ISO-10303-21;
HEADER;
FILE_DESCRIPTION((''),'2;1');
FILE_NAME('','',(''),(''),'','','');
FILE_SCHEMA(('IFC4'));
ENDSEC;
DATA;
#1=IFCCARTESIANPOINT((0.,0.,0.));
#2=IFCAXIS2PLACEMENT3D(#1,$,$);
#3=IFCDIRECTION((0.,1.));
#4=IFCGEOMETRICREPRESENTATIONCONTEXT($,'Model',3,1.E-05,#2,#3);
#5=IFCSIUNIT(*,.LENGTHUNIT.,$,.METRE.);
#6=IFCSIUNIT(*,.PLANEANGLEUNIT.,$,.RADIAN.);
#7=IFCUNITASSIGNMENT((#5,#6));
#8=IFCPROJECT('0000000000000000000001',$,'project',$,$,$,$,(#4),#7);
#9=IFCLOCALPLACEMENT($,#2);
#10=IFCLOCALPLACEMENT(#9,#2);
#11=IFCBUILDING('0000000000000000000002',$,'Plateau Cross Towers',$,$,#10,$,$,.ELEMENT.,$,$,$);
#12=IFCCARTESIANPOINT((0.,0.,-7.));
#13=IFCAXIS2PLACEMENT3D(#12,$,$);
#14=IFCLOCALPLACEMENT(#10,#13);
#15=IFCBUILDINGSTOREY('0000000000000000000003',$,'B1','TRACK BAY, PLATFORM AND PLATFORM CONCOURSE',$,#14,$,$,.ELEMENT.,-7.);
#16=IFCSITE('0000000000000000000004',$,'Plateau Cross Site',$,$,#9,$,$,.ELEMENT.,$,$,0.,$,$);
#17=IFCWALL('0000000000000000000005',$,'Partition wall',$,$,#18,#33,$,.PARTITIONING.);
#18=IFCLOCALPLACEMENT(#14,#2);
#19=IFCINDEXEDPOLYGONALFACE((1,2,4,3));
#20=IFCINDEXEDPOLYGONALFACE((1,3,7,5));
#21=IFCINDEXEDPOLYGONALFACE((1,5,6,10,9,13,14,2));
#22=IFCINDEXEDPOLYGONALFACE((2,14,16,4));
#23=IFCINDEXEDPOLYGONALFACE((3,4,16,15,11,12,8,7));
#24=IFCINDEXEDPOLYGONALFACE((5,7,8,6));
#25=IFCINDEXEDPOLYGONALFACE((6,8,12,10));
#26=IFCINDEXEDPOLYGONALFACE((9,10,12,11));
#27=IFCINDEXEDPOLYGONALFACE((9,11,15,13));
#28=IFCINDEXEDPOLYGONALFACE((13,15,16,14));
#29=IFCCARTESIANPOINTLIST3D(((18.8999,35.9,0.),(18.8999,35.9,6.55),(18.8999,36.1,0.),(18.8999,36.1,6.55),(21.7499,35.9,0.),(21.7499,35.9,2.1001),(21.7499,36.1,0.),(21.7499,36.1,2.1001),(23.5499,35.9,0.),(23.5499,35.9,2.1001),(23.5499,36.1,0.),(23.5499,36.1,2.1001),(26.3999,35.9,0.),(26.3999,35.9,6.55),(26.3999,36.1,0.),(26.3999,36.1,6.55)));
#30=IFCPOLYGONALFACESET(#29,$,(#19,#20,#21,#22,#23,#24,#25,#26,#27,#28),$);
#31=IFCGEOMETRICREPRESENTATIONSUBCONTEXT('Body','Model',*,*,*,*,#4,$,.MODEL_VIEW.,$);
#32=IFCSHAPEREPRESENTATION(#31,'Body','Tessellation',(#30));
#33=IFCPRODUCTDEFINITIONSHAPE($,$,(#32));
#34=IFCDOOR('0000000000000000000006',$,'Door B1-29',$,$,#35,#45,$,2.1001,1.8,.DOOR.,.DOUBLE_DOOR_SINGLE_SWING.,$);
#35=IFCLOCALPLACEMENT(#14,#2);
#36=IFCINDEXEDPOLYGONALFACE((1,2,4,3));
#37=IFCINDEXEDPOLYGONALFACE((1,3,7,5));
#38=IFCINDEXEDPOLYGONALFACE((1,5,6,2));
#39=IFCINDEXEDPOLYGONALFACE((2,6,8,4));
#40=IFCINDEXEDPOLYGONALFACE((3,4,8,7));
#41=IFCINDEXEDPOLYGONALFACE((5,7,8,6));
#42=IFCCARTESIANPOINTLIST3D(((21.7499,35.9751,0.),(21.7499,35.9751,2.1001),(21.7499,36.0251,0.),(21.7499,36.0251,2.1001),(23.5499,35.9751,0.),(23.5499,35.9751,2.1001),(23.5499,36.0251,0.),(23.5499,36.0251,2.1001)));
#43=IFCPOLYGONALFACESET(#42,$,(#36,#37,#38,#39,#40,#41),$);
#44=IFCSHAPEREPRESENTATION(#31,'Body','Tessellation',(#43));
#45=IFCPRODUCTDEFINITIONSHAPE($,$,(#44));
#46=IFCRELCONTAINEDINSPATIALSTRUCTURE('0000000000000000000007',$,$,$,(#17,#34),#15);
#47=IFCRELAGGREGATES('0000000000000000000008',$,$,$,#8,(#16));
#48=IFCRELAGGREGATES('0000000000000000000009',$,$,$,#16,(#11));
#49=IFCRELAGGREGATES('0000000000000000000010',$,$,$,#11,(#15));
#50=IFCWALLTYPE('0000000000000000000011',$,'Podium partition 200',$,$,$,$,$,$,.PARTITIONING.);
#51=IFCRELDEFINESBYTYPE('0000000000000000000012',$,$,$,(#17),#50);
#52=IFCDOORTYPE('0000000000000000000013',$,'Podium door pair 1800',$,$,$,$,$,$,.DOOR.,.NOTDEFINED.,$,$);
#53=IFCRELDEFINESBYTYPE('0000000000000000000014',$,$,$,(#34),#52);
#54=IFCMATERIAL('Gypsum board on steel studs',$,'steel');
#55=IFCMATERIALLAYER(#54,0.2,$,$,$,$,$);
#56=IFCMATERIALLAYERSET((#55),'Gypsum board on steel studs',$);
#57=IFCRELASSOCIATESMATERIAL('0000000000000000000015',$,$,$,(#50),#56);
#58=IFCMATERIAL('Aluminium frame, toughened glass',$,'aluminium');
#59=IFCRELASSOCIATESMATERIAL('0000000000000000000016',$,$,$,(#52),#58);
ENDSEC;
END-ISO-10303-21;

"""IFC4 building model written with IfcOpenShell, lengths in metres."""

from ifc_helpers import new_model, si_unit, direction, frame, frame_2d, origin, place, context, subcontext, project, spatial, rectangle, extrude, material, layer, layer_set, type_object, element, fill, save


model = new_model("IFC4")

# Units and contexts
model_context = context("Model", 3, precision=1e-05, world=origin(), true_north=direction((0.0, 1.0)))
body_context = subcontext(model_context, "Body", "Model", "MODEL_VIEW")
ifc_project = project(units=[si_unit("LENGTHUNIT", "METRE"), si_unit("PLANEANGLEUNIT", "RADIAN")], contexts=[model_context])

# Site, building, storey
site_placement = place(None, origin())
site = spatial("IfcSite", under=ifc_project, at=site_placement, Name="Plateau Cross Site", CompositionType="ELEMENT", RefElevation=0.0)
building_placement = place(site_placement, origin())
building = spatial("IfcBuilding", under=site, at=building_placement, Name="Plateau Cross Towers", CompositionType="ELEMENT")
storey_placement = place(building_placement, frame((0.0, 0.0, -7.0)))
storey = spatial("IfcBuildingStorey", under=building, at=storey_placement, Name="B1", Description="TRACK BAY, PLATFORM AND PLATFORM CONCOURSE", CompositionType="ELEMENT", Elevation=-7.0)

# Wall, opening, door
ifc_material_1 = material(Name="Gypsum board on steel studs", Category="steel")
ifc_layer = layer(ifc_material_1, 0.2)
ifc_layer_set = layer_set([ifc_layer], Name="Gypsum board on steel studs")
wall_type = type_object("IfcWallType", Name="Podium partition 200", PredefinedType="PARTITIONING", material=ifc_layer_set)
wall_placement = place(storey_placement, frame((26.3999, 36.0, 0.0), z_axis=(0.0, 0.0, 1.0), x_axis=(-1.0, 0.0, 0.0)))
wall = element("IfcWall", 1, at=wall_placement, inside=storey, type_object=wall_type, Name="Partition wall", PredefinedType="PARTITIONING", context=body_context, shape_type="SweptSolid", body=[
    extrude(rectangle(XDim=7.5, YDim=0.2, at=frame_2d((3.75, 0.0))), origin(), (0.0, 0.0, 1.0), 6.55),
])
opening_placement = place(wall_placement, frame((2.8501, 0.0, 0.0)))
opening = element("IfcOpeningElement", 2, at=opening_placement, cuts=wall, PredefinedType="OPENING", context=body_context, shape_type="SweptSolid", body=[
    extrude(rectangle(XDim=1.8, YDim=2.1001, at=frame_2d((0.8999, 1.05))), frame((0.0, 0.1099, 0.0), z_axis=(0.0, -1.0, 0.0), x_axis=(1.0, 0.0, 0.0)), (0.0, 0.0, 1.0), 0.22),
])
ifc_material_2 = material(Name="Aluminium frame, toughened glass", Category="aluminium")
door_type = type_object("IfcDoorType", Name="Podium door pair 1800", OperationType="NOTDEFINED", PredefinedType="DOOR", material=ifc_material_2)
door_placement = place(opening_placement, origin())
door = element("IfcDoor", 3, at=door_placement, inside=storey, type_object=door_type, Name="Door B1-29", OperationType="DOUBLE_DOOR_SINGLE_SWING", OverallHeight=2.1001, OverallWidth=1.8, PredefinedType="DOOR", context=body_context, shape_type="SweptSolid", body=[
    extrude(rectangle(XDim=1.8, YDim=2.1001, at=frame_2d((0.8999, 1.05))), frame((0.0, 0.0249, 0.0), z_axis=(0.0, -1.0, 0.0), x_axis=(1.0, 0.0, 0.0)), (0.0, 0.0, 1.0), 0.05),
])
fill(opening, door)

save(model, "model.ifc")
